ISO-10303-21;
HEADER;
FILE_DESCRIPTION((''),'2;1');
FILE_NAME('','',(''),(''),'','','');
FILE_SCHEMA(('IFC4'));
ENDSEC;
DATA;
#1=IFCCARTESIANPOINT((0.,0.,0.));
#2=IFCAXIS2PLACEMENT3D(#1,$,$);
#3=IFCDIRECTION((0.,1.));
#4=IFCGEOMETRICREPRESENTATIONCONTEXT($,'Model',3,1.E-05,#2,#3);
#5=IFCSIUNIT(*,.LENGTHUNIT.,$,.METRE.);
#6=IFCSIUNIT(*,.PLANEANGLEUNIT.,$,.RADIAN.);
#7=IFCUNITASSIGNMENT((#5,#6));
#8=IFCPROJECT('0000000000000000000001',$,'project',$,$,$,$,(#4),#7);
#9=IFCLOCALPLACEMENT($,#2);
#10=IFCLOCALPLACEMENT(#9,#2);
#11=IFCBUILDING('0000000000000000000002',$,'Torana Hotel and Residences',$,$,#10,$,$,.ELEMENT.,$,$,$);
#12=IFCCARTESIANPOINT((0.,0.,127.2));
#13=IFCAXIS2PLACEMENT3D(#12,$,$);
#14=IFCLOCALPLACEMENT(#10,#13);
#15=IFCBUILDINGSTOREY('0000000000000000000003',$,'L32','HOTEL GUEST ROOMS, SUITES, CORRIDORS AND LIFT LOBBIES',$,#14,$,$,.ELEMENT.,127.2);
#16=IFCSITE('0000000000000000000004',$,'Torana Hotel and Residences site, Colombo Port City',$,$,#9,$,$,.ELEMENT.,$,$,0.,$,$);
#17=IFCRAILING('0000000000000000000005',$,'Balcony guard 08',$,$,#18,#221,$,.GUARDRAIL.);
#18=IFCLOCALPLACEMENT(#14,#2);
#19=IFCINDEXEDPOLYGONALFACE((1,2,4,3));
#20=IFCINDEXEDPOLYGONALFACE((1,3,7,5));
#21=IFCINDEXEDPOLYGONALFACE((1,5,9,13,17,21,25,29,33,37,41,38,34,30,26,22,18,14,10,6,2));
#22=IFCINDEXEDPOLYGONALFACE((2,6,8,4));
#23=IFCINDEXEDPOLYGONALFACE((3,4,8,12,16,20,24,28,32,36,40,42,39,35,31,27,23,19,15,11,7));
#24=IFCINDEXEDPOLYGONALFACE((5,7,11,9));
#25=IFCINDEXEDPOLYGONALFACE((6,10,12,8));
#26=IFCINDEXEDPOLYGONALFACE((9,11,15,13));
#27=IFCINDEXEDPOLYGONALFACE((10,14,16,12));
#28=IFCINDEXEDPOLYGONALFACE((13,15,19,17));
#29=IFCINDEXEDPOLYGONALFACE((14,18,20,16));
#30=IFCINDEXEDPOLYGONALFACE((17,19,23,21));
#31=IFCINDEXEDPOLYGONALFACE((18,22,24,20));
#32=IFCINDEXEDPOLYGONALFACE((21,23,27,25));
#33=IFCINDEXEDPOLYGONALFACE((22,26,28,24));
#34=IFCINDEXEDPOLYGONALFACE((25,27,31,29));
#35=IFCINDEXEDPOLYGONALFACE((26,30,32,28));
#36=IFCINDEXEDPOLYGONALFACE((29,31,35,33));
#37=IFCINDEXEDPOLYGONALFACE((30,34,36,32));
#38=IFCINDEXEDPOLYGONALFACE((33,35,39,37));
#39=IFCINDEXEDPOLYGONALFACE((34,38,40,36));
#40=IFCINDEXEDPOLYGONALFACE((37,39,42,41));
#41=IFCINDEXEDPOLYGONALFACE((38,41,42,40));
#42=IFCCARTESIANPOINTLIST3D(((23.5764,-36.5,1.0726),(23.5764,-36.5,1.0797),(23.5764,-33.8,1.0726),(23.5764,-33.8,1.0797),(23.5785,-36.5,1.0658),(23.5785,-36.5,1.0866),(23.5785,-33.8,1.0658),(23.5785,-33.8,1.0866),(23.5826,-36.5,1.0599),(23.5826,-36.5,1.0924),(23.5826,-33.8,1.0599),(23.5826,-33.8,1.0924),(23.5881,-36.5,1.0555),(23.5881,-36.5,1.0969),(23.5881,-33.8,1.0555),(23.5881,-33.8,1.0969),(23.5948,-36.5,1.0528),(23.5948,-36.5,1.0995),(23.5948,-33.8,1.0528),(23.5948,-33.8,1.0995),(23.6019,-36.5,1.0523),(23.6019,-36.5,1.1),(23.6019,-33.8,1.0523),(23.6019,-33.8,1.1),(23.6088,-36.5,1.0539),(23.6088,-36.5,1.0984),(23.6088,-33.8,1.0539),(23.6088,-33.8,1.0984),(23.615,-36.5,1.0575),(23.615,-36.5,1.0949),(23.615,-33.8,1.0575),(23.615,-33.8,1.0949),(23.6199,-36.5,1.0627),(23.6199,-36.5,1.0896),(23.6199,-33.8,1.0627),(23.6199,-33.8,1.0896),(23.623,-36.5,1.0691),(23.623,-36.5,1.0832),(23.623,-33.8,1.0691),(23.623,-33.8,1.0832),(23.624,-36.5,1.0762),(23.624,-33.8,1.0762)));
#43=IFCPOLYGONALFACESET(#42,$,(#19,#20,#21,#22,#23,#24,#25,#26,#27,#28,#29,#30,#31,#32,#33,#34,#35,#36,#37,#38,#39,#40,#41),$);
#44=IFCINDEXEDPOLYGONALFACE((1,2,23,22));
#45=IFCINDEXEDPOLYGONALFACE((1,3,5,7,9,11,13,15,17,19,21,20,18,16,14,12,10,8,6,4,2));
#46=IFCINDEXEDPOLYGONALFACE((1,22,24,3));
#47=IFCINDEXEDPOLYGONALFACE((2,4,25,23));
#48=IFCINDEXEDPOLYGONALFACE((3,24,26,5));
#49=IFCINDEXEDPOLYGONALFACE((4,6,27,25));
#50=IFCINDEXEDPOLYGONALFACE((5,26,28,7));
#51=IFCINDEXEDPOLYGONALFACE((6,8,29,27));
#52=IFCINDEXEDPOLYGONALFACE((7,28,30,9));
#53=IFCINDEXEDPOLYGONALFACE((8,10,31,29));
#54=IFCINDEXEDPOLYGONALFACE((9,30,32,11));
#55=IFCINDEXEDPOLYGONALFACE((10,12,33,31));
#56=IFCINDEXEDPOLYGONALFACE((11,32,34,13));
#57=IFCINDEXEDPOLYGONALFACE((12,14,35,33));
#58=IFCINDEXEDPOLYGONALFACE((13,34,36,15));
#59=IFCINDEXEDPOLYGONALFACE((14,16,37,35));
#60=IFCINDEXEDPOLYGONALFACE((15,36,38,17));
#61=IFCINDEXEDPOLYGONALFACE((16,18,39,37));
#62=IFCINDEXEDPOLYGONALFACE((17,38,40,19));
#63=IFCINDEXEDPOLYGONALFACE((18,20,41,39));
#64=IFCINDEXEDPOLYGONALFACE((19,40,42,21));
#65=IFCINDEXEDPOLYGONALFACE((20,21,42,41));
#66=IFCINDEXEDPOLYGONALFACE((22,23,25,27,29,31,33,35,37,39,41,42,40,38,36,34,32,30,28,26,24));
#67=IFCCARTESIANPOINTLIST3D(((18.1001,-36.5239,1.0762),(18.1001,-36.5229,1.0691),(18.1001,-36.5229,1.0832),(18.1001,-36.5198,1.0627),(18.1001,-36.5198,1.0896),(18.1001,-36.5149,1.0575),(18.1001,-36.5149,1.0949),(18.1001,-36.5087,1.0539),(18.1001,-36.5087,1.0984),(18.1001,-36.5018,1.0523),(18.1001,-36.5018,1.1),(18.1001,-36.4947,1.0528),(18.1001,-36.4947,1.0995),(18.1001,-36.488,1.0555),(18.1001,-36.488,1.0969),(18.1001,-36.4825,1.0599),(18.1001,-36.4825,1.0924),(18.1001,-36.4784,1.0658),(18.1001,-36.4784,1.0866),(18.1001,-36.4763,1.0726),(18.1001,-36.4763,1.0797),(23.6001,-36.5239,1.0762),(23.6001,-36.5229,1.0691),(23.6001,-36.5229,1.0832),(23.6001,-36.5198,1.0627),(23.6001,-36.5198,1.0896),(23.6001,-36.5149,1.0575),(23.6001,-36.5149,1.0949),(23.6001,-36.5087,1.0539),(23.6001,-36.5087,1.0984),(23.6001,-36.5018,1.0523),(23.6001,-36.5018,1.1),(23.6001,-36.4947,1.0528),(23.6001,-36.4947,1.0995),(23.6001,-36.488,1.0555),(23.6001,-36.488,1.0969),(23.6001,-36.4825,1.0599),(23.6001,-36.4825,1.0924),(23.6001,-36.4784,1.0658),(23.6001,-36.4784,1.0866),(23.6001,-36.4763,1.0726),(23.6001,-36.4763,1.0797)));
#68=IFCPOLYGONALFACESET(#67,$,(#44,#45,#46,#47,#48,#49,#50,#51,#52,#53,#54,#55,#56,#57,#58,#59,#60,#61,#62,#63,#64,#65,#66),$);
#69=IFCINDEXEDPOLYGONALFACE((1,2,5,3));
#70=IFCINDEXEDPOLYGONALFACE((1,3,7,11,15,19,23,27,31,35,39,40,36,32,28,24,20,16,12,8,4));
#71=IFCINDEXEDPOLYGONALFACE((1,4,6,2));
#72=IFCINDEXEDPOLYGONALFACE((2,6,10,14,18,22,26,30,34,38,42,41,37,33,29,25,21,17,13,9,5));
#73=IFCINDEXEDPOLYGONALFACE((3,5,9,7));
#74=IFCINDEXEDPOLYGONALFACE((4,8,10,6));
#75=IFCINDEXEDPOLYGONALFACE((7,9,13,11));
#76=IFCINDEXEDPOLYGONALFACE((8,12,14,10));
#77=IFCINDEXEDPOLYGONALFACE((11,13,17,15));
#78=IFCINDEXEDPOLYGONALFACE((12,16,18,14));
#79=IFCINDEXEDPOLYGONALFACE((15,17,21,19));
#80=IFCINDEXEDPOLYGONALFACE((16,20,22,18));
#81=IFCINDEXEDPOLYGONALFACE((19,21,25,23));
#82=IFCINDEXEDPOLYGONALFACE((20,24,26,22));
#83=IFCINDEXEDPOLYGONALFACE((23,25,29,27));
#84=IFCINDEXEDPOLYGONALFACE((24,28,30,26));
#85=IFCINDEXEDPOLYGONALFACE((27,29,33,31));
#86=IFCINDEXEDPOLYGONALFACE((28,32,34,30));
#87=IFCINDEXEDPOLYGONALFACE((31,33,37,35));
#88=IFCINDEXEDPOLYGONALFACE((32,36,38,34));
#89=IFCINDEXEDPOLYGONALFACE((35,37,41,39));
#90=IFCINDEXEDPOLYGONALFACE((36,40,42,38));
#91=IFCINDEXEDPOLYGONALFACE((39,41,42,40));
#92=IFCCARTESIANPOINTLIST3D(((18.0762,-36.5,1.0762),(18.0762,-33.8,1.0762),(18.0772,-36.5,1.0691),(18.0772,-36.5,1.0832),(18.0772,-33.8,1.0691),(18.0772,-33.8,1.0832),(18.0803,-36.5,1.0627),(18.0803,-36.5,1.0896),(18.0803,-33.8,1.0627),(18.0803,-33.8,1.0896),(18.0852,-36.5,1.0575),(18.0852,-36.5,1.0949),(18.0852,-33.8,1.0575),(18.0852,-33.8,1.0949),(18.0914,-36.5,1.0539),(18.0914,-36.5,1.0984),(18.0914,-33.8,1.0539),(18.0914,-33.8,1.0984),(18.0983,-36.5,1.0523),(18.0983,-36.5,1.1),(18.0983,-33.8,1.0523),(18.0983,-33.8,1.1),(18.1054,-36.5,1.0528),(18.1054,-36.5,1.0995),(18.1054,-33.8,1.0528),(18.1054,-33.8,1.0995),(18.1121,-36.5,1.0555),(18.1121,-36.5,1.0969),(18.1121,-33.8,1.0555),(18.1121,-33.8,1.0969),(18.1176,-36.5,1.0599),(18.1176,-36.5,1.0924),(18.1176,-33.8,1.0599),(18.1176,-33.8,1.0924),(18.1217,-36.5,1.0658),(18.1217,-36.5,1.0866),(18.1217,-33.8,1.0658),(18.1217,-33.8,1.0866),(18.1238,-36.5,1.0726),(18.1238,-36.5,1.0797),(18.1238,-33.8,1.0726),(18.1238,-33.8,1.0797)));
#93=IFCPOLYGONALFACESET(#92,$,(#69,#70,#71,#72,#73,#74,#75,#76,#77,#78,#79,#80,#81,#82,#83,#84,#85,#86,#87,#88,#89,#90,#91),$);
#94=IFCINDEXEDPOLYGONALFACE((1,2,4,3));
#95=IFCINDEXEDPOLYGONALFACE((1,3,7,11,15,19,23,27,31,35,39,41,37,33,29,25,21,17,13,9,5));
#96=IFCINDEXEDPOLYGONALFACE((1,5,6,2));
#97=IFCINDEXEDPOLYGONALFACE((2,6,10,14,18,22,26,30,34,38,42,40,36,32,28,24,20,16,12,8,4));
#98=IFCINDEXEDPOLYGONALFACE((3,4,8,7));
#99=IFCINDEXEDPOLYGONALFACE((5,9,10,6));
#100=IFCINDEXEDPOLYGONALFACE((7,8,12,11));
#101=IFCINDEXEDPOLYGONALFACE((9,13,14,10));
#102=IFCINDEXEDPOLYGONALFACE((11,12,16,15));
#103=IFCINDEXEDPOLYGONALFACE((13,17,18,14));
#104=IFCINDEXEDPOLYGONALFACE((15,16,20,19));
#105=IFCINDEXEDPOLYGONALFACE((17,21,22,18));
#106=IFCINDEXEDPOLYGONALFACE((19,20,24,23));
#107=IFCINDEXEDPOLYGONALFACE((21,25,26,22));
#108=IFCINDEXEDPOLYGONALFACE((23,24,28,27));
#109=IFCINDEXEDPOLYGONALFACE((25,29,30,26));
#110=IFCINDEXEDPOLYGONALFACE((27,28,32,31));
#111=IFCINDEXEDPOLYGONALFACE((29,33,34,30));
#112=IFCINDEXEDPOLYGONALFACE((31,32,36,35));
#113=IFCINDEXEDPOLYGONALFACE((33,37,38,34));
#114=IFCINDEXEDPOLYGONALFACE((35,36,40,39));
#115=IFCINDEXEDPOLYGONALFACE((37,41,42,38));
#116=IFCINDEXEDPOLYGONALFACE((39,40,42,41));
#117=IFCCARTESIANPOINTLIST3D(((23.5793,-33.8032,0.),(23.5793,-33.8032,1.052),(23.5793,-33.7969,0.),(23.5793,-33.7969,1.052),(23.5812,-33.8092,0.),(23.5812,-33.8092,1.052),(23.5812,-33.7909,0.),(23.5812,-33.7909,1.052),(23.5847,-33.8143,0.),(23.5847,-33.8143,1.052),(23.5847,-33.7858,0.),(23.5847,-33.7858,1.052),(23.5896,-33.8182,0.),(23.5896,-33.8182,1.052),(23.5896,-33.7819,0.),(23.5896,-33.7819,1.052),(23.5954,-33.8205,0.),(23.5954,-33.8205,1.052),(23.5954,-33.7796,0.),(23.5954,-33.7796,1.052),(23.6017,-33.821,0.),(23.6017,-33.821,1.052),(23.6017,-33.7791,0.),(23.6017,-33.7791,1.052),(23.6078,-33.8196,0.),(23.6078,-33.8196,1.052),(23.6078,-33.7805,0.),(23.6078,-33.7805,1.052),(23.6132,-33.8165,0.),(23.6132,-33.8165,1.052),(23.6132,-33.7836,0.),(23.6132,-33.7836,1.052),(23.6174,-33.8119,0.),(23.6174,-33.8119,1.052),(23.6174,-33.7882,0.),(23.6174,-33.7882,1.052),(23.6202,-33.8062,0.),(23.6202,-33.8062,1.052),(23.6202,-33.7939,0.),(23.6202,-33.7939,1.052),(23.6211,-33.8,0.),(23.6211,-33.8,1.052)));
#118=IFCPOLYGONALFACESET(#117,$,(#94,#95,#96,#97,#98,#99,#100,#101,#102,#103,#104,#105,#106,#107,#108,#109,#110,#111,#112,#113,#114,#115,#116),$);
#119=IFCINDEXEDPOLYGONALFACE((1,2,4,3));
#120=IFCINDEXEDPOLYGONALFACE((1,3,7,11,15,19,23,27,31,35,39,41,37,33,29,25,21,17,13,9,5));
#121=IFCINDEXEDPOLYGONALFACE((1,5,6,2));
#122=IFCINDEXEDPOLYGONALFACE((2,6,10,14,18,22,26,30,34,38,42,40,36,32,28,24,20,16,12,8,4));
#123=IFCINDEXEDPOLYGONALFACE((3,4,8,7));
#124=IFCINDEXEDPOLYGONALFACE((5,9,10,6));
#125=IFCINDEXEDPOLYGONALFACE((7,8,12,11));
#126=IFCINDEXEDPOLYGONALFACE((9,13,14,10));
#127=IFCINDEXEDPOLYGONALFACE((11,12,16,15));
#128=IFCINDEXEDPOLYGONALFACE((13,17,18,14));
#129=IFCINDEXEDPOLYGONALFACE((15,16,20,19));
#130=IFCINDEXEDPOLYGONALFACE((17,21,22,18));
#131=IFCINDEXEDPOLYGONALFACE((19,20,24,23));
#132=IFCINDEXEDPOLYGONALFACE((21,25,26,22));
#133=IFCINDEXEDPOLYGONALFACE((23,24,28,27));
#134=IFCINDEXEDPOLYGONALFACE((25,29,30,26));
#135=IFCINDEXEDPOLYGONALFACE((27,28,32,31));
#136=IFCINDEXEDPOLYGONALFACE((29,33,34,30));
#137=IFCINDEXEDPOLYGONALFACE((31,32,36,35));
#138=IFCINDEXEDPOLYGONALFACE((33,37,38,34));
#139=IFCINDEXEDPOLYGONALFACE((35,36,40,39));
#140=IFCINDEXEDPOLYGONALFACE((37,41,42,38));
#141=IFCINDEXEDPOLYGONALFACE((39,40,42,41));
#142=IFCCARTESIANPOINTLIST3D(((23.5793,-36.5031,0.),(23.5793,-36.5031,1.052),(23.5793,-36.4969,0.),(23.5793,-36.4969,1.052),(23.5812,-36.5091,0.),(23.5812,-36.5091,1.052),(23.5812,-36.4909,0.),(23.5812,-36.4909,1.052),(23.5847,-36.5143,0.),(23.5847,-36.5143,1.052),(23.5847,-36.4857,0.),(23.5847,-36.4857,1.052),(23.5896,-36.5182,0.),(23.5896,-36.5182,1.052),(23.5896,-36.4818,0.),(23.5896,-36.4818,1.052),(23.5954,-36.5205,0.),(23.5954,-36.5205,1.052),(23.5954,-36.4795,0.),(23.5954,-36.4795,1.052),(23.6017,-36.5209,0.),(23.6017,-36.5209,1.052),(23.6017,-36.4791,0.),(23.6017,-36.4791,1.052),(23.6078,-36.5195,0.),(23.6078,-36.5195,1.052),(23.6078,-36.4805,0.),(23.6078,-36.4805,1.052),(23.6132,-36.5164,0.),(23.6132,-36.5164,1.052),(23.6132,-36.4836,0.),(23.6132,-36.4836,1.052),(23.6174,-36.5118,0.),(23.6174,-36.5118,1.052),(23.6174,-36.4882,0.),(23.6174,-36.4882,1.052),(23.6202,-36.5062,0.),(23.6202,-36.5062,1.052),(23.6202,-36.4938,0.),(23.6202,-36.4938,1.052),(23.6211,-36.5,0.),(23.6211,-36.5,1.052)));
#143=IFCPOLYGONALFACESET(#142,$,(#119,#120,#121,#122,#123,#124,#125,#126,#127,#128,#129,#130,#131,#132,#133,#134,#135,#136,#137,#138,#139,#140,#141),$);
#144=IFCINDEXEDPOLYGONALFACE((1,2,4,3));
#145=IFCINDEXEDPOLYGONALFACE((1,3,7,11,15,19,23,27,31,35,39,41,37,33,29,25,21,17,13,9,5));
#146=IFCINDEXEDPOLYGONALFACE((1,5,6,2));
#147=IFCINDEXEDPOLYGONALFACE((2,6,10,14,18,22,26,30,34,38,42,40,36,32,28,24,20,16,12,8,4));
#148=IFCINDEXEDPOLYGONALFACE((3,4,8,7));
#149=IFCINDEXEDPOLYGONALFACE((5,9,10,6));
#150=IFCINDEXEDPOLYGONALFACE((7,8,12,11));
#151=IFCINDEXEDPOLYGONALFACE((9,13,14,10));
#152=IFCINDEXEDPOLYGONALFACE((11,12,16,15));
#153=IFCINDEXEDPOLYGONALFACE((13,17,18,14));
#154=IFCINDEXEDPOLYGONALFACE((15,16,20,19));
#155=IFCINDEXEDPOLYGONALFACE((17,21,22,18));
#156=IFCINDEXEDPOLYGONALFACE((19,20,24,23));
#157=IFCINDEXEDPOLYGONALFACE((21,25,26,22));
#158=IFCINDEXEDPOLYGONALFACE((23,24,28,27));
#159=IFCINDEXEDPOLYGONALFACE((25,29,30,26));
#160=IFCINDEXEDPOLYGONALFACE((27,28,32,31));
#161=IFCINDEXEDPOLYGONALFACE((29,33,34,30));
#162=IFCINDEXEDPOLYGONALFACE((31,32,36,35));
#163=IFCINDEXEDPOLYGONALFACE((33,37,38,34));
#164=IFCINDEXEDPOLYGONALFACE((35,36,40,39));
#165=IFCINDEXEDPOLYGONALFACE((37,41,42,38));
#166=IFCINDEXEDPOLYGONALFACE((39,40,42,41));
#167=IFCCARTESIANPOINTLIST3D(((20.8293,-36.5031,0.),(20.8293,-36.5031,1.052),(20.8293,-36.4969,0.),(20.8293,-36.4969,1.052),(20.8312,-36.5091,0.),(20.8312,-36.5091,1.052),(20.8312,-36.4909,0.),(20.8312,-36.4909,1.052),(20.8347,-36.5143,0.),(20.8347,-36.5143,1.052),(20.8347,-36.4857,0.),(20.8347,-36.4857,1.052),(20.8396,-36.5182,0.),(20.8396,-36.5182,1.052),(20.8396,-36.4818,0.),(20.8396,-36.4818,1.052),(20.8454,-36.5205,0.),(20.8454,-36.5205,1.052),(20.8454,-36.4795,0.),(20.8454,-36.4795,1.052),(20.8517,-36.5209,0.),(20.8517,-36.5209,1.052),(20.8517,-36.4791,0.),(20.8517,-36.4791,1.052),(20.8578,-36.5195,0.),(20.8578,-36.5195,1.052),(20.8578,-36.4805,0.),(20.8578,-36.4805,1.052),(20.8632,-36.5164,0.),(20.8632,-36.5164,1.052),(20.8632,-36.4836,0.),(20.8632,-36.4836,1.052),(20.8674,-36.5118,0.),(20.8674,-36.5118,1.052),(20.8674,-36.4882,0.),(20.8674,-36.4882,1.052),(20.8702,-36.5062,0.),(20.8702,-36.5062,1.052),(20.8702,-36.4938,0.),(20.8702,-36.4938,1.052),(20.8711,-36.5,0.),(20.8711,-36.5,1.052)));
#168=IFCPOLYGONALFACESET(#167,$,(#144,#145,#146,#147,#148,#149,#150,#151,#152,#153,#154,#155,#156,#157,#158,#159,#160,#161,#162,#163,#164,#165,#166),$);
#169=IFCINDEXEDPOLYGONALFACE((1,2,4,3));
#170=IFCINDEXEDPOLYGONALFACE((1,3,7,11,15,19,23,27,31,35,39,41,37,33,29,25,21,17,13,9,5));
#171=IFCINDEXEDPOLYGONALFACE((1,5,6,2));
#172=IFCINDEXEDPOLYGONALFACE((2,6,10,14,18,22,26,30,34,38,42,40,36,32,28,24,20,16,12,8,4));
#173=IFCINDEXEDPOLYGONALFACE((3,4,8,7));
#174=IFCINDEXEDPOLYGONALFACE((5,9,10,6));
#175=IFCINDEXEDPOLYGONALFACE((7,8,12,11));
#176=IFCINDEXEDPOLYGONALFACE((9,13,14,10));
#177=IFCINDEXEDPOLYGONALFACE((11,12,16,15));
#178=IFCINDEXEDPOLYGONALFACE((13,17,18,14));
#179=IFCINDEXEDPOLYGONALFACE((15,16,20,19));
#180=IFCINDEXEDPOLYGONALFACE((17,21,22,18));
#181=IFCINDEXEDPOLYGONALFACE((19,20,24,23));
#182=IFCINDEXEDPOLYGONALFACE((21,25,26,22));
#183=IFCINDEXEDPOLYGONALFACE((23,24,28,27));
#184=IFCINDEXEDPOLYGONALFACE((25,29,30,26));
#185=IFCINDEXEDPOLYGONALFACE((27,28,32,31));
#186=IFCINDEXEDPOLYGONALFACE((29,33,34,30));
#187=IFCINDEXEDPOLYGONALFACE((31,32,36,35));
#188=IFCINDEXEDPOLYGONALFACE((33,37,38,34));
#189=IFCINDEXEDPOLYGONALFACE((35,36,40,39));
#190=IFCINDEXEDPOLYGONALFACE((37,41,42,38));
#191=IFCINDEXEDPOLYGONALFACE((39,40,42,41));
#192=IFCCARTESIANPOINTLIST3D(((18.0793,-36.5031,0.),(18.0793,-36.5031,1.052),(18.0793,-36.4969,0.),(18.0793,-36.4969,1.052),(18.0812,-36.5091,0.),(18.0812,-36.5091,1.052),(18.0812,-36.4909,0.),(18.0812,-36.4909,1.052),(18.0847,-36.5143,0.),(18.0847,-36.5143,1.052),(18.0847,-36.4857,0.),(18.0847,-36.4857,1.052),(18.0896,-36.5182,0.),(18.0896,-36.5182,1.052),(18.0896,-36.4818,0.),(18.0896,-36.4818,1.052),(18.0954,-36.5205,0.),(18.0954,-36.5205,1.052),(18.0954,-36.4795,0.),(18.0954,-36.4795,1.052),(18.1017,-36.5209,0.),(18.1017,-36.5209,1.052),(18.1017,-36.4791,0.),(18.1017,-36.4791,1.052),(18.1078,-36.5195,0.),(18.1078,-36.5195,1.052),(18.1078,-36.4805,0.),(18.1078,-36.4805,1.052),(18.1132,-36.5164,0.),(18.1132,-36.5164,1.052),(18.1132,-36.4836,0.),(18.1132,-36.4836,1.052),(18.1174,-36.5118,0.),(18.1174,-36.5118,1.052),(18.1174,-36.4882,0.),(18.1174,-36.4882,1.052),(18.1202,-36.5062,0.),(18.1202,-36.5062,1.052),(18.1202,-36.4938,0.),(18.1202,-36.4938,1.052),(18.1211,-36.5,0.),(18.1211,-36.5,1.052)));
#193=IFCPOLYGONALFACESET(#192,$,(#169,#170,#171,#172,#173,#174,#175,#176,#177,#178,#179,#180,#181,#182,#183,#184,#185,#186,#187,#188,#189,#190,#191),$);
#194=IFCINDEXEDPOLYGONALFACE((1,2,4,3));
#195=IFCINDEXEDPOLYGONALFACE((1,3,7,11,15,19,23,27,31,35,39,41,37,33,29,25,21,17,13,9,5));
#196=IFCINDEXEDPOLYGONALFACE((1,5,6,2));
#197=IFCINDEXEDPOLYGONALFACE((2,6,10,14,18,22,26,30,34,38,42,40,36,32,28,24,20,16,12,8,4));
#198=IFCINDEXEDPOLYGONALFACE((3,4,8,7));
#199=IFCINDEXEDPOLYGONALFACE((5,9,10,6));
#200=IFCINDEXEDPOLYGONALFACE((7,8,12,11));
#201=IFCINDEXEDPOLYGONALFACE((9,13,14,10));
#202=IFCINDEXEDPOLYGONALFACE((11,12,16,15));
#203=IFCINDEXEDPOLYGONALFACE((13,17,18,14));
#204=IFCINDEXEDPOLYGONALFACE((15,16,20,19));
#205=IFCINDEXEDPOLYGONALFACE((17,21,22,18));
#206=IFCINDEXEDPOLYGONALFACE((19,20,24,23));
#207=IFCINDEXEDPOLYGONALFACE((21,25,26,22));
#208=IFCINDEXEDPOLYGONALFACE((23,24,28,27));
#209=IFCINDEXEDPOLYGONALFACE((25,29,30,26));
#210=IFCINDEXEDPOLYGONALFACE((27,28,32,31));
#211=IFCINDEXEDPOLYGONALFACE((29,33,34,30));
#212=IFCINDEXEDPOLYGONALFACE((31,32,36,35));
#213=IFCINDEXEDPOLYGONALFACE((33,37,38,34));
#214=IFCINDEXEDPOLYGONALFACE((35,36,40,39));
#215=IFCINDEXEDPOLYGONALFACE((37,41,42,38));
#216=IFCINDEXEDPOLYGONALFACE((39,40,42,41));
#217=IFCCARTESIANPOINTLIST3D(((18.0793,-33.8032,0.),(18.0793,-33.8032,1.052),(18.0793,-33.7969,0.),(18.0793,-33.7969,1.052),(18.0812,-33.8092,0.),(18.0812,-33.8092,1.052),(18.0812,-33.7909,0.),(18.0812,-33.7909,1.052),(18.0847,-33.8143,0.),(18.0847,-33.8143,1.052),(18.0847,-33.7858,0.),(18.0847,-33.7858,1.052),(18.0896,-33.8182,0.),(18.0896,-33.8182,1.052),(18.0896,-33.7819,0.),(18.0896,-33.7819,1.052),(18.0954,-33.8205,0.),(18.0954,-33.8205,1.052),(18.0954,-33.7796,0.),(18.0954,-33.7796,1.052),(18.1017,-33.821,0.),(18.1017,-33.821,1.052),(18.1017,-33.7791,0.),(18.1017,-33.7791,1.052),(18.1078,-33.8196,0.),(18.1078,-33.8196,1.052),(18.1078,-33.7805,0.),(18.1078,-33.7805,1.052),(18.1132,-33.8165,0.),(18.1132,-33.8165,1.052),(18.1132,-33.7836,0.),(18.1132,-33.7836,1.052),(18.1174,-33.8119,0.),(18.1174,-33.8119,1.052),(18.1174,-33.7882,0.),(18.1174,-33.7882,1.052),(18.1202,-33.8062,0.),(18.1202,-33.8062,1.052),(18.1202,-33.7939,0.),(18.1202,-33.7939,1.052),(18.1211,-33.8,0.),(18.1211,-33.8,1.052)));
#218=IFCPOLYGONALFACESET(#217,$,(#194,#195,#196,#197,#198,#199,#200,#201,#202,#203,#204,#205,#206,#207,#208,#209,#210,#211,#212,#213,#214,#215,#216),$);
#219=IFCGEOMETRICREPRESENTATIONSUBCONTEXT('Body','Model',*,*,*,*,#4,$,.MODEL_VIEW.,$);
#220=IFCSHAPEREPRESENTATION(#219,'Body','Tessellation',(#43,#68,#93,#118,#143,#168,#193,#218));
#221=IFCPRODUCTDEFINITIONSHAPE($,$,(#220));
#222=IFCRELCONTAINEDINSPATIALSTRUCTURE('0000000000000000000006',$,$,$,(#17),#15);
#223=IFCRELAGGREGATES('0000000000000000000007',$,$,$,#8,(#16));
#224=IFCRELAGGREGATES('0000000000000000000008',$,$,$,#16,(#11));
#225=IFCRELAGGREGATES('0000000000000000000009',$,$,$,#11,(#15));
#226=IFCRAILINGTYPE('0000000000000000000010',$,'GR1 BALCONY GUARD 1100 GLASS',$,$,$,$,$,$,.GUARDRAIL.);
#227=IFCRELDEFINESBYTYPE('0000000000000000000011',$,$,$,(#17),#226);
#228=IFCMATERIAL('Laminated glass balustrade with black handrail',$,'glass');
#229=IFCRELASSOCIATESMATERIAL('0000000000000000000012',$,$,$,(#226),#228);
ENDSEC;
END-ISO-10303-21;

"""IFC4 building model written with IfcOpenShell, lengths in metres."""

from ifc_helpers import new_model, si_unit, direction, frame, origin, origin_2d, place, context, subcontext, project, spatial, circle, extrude, material, type_object, element, save


model = new_model("IFC4")

# Units and contexts
model_context = context("Model", 3, precision=1e-05, world=origin(), true_north=direction((0.0, 1.0)))
body_context = subcontext(model_context, "Body", "Model", "MODEL_VIEW")
ifc_project = project(units=[si_unit("LENGTHUNIT", "METRE"), si_unit("PLANEANGLEUNIT", "RADIAN")], contexts=[model_context])

# Site, building, storey
site_placement = place(None, origin())
site = spatial("IfcSite", under=ifc_project, at=site_placement, Name="Torana Hotel and Residences site, Colombo Port City", CompositionType="ELEMENT", RefElevation=0.0)
building_placement = place(site_placement, origin())
building = spatial("IfcBuilding", under=site, at=building_placement, Name="Torana Hotel and Residences", CompositionType="ELEMENT")
storey_placement = place(building_placement, frame((0.0, 0.0, 127.2)))
storey = spatial("IfcBuildingStorey", under=building, at=storey_placement, Name="L32", Description="HOTEL GUEST ROOMS, SUITES, CORRIDORS AND LIFT LOBBIES", CompositionType="ELEMENT", Elevation=127.2)

# Railing
ifc_material_1 = material(Name="Laminated glass balustrade with black handrail", Category="glass")
railing_type = type_object("IfcRailingType", Name="GR1 BALCONY GUARD 1100 GLASS", PredefinedType="GUARDRAIL", material=ifc_material_1)
railing_1_placement = place(storey_placement, frame((23.6001, -33.8, 0.0)))
element("IfcRailing", 1, at=railing_1_placement, inside=storey, type_object=railing_type, Name="Balcony guard 08", PredefinedType="GUARDRAIL", context=body_context, shape_type="SweptSolid", body=[
    extrude(circle(Radius=0.0239, at=origin_2d()), frame((0.0, 0.0, 1.0762), z_axis=(0.0, -1.0, 0.0), x_axis=(1.0, 0.0, 0.0)), (0.0, 0.0, 1.0), 2.7),
    extrude(circle(Radius=0.0239, at=origin_2d()), frame((0.0, -2.7, 1.0762), z_axis=(-1.0, 0.0, 0.0), x_axis=(0.0, -1.0, 0.0)), (0.0, 0.0, 1.0), 5.5),
    extrude(circle(Radius=0.0239, at=origin_2d()), frame((-5.5, -2.7, 1.0762), z_axis=(0.0, 1.0, 0.0), x_axis=(-1.0, 0.0, 0.0)), (0.0, 0.0, 1.0), 2.7),
    extrude(circle(Radius=0.021, at=origin_2d()), origin(), (0.0, 0.0, 1.0), 1.052),
    extrude(circle(Radius=0.021, at=origin_2d()), frame((0.0, -2.7, 0.0)), (0.0, 0.0, 1.0), 1.052),
    extrude(circle(Radius=0.021, at=origin_2d()), frame((-2.75, -2.7, 0.0)), (0.0, 0.0, 1.0), 1.052),
    extrude(circle(Radius=0.021, at=origin_2d()), frame((-5.5, -2.7, 0.0)), (0.0, 0.0, 1.0), 1.052),
    extrude(circle(Radius=0.021, at=origin_2d()), frame((-5.5, 0.0, 0.0)), (0.0, 0.0, 1.0), 1.052),
])

save(model, "model.ifc")
